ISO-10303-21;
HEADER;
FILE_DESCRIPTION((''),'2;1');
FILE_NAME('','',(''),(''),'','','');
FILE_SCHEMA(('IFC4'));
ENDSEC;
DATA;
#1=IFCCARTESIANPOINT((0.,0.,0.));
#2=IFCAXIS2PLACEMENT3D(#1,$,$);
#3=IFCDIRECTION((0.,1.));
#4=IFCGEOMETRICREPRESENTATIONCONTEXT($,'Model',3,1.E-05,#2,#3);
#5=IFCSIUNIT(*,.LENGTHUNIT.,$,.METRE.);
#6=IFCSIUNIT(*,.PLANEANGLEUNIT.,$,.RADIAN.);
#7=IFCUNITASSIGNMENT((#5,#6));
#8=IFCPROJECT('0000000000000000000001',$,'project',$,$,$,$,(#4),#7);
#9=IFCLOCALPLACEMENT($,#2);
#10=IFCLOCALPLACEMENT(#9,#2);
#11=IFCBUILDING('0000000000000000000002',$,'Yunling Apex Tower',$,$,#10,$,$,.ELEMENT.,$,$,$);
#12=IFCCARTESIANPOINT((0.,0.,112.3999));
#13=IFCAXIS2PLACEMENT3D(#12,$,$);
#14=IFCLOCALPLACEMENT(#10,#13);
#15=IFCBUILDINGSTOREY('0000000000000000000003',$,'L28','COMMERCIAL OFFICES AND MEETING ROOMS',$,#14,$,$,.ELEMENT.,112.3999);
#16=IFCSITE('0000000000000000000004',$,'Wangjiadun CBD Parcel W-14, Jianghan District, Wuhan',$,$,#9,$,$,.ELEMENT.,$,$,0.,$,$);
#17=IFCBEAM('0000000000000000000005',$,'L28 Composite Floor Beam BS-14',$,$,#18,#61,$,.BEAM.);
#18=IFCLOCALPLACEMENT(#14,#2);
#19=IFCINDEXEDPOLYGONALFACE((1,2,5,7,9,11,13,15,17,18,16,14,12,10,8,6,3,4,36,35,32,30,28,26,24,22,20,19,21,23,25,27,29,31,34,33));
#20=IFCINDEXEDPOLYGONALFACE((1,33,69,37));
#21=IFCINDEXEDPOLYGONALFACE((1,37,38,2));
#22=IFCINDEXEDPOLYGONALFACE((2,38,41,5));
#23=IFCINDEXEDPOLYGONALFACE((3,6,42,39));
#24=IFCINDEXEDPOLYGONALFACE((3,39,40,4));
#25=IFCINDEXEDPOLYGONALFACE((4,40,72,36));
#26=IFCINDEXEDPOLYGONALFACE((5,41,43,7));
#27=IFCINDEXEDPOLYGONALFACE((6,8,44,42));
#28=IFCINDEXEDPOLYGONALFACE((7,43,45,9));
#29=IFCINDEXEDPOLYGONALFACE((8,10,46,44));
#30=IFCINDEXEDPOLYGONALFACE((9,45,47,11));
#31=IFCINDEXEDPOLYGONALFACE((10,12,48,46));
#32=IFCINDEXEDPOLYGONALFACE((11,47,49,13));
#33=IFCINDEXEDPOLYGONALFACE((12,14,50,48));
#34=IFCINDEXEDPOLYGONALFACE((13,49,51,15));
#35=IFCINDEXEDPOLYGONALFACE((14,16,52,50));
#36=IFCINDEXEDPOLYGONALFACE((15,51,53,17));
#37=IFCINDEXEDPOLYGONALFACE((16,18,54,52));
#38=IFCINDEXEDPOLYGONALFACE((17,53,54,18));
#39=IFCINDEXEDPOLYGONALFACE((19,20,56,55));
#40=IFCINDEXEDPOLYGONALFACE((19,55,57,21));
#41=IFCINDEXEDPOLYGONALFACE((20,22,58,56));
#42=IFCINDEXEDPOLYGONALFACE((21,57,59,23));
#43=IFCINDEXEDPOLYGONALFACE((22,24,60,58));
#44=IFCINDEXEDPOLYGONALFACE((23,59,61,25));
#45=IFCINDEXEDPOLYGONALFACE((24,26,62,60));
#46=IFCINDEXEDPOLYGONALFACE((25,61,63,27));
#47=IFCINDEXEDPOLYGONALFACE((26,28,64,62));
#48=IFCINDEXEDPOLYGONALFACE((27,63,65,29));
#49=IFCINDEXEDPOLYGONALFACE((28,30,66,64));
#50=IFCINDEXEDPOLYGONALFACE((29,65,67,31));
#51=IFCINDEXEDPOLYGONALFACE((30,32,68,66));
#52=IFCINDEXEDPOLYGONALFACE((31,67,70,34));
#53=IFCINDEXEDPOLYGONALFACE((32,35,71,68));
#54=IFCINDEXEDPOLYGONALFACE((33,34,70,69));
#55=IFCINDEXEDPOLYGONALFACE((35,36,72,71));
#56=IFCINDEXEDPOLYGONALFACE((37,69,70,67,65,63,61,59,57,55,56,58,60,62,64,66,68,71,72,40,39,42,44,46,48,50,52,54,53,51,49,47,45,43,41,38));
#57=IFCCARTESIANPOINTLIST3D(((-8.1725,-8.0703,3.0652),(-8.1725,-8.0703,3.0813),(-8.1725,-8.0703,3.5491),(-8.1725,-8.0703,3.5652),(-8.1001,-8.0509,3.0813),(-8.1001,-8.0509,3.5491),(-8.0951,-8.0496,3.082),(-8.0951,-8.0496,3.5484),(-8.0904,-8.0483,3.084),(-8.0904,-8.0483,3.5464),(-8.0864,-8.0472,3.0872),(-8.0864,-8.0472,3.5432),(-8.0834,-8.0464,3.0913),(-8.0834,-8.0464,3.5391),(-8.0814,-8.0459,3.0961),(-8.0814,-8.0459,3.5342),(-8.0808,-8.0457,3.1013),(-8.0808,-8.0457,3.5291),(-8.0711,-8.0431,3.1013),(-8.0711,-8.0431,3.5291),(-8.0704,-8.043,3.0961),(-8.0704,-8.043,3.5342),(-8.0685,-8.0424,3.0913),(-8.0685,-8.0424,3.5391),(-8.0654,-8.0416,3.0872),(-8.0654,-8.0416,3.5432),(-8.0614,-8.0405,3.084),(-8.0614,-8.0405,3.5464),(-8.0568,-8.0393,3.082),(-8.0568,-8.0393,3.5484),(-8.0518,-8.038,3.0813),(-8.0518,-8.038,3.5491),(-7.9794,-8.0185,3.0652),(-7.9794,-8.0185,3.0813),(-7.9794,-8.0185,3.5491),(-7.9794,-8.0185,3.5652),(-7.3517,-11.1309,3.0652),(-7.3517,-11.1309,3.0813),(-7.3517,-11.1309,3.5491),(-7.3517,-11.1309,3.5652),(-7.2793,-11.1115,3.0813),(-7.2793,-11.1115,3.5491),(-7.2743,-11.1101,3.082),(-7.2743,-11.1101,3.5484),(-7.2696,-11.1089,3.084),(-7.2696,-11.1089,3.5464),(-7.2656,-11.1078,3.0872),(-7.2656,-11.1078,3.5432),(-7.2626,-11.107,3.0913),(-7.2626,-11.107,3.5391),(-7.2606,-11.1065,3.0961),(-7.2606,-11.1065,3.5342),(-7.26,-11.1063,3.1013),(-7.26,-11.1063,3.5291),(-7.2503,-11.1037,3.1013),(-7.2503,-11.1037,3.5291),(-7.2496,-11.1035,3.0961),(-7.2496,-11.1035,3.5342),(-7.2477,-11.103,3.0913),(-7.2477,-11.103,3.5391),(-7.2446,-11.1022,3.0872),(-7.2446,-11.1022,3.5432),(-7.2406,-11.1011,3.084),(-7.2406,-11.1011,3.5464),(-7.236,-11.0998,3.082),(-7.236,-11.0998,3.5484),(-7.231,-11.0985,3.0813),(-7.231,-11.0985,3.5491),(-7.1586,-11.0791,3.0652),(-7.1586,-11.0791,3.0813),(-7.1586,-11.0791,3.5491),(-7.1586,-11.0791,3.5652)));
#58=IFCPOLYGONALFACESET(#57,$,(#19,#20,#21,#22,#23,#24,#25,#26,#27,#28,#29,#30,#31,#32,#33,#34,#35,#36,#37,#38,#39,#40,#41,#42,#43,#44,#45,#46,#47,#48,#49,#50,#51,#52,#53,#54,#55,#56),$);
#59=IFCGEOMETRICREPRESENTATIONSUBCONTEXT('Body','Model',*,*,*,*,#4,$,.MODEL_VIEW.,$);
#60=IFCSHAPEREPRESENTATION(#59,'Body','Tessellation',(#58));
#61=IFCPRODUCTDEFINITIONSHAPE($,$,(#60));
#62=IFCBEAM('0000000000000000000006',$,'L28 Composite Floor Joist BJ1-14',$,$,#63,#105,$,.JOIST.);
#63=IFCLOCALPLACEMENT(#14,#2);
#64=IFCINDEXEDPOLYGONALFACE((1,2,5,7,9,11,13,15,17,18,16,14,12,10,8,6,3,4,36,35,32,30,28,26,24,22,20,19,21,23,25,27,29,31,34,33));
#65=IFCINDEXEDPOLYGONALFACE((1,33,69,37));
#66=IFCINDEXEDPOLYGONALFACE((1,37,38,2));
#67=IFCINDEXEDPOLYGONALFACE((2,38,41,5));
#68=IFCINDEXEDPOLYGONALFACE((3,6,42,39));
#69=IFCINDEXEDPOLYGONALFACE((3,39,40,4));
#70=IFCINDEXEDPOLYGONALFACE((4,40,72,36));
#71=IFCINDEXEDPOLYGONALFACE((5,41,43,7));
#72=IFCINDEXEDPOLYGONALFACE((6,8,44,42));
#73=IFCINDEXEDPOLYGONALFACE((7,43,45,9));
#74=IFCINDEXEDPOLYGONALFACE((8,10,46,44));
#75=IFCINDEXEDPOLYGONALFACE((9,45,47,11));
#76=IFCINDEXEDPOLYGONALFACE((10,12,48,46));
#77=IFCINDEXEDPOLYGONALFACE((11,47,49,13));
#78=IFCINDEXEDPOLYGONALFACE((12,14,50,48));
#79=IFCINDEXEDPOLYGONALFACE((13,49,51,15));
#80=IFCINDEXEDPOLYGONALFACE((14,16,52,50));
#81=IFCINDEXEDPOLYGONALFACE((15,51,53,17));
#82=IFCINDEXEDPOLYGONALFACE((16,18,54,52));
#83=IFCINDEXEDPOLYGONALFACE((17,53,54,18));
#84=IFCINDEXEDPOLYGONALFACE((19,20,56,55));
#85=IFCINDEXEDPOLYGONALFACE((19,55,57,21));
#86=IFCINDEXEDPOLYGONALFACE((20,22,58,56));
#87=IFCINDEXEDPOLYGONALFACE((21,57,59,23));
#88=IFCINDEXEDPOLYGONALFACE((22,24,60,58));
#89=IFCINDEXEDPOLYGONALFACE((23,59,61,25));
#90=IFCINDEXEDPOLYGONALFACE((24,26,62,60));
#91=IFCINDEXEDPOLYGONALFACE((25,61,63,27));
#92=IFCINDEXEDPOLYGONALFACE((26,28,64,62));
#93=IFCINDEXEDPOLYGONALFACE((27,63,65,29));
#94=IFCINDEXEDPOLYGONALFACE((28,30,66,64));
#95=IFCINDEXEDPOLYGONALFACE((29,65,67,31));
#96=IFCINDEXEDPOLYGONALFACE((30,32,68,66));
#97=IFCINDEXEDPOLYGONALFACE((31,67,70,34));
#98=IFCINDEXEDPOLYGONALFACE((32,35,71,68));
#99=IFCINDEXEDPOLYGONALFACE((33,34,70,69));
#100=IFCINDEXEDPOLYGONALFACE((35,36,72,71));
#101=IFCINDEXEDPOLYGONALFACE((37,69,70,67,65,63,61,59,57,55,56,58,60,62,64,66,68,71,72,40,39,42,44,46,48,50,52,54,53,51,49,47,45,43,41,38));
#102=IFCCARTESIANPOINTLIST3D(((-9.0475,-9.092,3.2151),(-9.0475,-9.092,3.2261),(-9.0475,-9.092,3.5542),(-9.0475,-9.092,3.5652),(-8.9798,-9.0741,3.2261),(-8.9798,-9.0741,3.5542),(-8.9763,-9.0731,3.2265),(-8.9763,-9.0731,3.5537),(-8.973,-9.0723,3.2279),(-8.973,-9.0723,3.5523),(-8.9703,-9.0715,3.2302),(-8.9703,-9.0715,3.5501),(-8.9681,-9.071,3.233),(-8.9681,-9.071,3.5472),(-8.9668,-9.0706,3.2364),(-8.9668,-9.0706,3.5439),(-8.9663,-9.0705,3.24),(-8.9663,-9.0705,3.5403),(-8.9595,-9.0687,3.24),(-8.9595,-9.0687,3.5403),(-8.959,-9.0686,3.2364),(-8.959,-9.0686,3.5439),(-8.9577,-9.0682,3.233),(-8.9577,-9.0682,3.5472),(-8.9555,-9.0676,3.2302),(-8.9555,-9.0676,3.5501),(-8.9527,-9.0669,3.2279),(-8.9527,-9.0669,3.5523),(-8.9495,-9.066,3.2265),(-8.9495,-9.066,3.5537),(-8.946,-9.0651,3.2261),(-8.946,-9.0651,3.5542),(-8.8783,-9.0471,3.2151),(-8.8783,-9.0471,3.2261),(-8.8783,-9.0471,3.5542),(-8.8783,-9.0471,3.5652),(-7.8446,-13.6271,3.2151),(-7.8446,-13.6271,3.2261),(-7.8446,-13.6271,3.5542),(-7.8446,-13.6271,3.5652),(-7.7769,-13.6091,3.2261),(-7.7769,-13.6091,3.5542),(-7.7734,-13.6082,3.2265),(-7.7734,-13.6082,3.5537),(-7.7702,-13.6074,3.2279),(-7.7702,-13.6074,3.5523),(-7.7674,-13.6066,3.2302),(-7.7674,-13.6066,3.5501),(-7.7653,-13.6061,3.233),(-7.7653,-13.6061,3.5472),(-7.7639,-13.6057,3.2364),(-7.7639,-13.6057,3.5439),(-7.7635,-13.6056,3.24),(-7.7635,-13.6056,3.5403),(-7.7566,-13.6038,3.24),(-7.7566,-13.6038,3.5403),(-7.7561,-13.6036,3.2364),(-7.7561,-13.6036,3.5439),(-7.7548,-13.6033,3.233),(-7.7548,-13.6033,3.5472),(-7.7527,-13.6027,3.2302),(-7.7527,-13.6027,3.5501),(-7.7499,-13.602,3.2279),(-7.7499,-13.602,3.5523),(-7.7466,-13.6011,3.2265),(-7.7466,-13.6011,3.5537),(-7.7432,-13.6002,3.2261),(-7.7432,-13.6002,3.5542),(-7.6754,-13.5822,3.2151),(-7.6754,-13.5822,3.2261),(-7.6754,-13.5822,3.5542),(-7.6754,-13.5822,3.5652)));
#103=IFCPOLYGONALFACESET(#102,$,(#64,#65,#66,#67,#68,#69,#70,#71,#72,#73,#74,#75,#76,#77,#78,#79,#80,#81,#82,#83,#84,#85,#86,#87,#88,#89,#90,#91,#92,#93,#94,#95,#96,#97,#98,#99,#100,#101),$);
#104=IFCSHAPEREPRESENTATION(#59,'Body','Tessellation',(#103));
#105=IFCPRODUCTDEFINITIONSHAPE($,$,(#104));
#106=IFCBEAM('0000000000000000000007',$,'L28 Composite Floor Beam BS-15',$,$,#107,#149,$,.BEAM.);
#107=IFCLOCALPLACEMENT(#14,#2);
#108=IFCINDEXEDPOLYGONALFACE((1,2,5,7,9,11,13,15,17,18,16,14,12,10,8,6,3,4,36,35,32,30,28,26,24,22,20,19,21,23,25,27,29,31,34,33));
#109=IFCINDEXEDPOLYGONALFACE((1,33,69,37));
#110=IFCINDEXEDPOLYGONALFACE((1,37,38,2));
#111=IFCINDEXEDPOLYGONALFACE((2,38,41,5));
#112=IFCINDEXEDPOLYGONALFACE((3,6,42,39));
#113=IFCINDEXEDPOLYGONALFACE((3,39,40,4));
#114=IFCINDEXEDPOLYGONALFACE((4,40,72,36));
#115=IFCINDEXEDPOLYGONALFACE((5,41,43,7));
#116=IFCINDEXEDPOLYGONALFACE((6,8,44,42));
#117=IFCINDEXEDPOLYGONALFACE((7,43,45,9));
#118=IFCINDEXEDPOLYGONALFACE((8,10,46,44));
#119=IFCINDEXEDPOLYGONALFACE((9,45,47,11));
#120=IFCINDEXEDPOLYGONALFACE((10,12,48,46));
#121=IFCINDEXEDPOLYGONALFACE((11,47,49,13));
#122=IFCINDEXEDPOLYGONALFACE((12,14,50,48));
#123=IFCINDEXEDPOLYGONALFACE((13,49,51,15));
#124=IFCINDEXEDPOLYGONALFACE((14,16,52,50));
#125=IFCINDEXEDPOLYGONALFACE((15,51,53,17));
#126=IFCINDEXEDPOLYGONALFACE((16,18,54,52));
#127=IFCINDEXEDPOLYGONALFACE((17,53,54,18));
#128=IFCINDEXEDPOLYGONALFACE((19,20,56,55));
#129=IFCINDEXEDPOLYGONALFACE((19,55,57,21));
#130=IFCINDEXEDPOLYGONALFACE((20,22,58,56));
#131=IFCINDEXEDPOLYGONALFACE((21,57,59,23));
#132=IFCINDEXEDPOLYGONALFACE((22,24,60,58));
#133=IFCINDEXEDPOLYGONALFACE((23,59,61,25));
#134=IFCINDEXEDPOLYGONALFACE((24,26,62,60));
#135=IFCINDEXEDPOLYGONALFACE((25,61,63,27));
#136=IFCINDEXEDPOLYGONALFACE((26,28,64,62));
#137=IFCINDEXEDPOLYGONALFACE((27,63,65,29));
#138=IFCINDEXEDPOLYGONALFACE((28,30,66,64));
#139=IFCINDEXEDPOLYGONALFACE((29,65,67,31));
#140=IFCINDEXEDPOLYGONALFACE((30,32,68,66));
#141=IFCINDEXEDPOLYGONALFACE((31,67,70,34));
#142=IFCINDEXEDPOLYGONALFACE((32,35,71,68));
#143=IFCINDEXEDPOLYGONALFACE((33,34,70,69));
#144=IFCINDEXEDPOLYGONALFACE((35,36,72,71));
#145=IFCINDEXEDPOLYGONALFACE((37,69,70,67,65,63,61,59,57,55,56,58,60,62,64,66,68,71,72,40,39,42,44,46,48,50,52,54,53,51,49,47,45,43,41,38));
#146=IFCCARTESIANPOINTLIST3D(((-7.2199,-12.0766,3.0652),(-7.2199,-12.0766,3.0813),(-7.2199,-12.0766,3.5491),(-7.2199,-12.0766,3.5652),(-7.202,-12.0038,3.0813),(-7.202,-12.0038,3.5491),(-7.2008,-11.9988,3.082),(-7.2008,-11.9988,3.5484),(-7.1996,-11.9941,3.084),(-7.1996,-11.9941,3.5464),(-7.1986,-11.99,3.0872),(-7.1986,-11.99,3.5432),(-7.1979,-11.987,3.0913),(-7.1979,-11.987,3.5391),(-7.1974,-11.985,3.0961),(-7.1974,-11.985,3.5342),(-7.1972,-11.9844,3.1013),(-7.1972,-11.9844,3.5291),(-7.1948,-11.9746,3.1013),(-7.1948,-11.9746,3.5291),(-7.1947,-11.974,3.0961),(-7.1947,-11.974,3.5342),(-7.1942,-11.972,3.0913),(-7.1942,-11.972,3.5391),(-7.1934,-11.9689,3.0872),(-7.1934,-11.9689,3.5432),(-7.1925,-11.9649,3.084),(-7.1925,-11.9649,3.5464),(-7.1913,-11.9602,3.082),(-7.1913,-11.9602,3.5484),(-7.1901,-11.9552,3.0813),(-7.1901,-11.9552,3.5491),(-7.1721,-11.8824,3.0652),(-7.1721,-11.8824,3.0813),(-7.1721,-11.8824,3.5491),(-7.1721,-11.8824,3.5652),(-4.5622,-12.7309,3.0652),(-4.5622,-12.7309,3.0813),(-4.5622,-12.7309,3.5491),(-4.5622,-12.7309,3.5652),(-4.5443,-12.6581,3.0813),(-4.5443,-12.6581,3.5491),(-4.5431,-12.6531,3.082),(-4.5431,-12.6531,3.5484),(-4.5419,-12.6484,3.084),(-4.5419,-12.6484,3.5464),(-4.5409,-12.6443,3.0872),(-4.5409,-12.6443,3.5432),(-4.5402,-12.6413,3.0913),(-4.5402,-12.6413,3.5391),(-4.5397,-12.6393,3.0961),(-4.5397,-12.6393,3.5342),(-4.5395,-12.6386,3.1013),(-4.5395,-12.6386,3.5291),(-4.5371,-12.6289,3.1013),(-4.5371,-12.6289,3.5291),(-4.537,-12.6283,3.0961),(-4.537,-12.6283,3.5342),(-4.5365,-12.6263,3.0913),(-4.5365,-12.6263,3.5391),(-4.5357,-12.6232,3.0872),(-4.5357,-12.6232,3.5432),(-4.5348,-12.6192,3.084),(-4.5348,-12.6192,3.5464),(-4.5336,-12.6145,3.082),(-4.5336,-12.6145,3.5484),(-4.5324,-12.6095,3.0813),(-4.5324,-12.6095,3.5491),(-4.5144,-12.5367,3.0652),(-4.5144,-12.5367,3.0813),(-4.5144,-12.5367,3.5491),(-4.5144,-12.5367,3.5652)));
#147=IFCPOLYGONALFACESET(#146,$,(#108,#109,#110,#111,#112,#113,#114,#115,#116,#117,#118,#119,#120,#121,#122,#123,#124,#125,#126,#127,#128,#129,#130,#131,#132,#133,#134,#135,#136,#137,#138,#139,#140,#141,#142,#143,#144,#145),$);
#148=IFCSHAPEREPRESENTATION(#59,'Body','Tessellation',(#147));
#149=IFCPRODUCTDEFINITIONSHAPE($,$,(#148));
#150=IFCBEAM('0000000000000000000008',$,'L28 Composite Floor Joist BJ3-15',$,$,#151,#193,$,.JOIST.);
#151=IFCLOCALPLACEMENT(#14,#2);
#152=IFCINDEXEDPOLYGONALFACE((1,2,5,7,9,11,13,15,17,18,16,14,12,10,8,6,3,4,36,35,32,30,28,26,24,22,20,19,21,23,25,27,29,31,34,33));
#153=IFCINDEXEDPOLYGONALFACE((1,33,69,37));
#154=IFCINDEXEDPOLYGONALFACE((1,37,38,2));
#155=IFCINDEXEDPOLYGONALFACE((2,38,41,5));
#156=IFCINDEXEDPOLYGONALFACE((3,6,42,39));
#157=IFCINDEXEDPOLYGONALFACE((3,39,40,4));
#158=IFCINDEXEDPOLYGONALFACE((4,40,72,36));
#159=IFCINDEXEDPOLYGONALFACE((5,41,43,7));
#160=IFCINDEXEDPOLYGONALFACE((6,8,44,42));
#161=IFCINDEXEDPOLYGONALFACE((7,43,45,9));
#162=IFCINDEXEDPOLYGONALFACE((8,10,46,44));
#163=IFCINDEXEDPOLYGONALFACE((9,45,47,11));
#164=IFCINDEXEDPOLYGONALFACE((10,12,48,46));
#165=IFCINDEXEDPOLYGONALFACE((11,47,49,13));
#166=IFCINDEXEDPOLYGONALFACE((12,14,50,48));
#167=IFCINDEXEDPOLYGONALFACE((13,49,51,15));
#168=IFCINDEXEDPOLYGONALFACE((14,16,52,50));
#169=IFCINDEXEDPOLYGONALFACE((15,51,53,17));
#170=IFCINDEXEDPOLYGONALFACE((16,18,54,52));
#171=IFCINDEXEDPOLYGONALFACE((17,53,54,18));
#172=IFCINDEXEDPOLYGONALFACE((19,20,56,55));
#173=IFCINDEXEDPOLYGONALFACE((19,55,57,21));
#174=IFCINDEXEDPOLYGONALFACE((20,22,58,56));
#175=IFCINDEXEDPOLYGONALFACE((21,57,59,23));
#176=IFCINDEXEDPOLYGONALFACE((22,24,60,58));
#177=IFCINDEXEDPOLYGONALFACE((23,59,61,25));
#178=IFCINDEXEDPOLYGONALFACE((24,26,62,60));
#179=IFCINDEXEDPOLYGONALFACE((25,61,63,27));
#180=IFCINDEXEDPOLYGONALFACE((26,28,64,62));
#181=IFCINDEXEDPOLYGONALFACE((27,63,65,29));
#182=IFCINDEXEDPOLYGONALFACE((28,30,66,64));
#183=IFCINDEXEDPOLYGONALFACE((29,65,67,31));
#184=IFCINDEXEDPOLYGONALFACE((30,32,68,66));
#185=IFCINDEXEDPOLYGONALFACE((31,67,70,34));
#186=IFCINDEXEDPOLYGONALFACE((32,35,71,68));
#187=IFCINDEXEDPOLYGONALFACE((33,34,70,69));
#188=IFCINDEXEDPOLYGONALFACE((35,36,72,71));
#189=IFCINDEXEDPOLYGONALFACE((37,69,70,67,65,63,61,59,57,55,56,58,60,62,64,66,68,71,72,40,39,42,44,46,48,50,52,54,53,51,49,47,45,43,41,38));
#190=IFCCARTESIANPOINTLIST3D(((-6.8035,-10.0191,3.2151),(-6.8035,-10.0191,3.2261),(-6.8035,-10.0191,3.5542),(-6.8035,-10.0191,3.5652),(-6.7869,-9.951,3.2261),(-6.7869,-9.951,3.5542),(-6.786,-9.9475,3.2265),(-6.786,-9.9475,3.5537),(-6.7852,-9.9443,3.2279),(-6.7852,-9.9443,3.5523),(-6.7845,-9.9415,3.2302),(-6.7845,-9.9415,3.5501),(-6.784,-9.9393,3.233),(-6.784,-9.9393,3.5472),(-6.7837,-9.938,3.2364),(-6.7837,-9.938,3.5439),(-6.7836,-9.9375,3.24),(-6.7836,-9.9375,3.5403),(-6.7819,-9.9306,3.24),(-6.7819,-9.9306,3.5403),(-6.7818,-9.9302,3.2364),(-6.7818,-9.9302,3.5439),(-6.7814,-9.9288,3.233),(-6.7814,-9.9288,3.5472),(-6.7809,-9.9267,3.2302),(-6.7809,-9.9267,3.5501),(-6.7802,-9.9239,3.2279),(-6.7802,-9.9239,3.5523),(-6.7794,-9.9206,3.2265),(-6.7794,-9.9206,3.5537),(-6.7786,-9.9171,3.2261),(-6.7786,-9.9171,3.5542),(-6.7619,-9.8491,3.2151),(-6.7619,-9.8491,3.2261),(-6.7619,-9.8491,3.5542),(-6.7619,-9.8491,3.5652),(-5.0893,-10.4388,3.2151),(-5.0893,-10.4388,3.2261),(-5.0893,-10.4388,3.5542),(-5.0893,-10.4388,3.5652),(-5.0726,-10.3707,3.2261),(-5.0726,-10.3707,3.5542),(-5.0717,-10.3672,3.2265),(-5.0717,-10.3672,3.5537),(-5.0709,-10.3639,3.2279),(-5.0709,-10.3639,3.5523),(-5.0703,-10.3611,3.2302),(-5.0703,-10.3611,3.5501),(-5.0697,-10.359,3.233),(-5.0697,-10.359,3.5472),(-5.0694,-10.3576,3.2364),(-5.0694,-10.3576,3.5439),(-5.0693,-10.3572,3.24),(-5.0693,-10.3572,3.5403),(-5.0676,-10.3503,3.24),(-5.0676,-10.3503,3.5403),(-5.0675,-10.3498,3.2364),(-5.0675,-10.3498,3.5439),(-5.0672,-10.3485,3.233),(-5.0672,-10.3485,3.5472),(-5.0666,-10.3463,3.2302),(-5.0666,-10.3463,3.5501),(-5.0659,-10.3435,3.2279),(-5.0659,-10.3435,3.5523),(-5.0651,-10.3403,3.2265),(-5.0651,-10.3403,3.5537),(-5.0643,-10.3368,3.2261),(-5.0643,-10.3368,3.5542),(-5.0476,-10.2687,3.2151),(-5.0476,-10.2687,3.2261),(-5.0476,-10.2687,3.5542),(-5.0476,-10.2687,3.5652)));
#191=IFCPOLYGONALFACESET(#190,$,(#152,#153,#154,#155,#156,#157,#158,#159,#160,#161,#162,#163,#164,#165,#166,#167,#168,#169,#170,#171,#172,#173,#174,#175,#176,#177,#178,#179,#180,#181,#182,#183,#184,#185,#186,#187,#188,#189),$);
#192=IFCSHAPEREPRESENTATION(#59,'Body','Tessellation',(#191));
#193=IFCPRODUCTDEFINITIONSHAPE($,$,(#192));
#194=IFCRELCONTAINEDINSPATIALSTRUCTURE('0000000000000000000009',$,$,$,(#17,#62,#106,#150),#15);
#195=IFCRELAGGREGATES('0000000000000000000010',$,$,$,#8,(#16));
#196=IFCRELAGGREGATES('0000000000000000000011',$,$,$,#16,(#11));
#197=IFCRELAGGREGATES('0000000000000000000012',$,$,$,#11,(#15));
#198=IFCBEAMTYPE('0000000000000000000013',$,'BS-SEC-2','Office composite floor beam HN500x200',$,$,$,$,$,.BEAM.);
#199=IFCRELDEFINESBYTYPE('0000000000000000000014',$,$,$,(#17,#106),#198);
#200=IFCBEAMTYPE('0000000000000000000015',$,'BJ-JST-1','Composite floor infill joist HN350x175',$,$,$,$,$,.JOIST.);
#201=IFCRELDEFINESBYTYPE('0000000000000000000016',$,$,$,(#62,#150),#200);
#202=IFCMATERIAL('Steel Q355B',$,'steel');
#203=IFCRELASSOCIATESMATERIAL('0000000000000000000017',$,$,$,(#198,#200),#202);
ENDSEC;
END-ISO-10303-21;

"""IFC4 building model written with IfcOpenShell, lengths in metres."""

from ifc_helpers import new_model, si_unit, direction, frame, origin, origin_2d, place, context, subcontext, project, spatial, i_section, extrude, source, transform, mapped, material, material_profile, profile_set, type_object, element, save


model = new_model("IFC4")

# Units and contexts
model_context = context("Model", 3, precision=1e-05, world=origin(), true_north=direction((0.0, 1.0)))
body_context = subcontext(model_context, "Body", "Model", "MODEL_VIEW")
ifc_project = project(units=[si_unit("LENGTHUNIT", "METRE"), si_unit("PLANEANGLEUNIT", "RADIAN")], contexts=[model_context])

# Site, building, storey
site_placement = place(None, origin())
site = spatial("IfcSite", under=ifc_project, at=site_placement, Name="Wangjiadun CBD Parcel W-14, Jianghan District, Wuhan", CompositionType="ELEMENT", RefElevation=0.0)
building_placement = place(site_placement, origin())
building = spatial("IfcBuilding", under=site, at=building_placement, Name="Yunling Apex Tower", CompositionType="ELEMENT")
storey_placement = place(building_placement, frame((0.0, 0.0, 112.3999)))
storey = spatial("IfcBuildingStorey", under=building, at=storey_placement, Name="L28", Description="COMMERCIAL OFFICES AND MEETING ROOMS", CompositionType="ELEMENT", Elevation=112.3999)

# Beams
ifc_material_1 = material(Name="Steel Q355B", Category="steel")
ifc_material_profile_1 = material_profile(ifc_material_1, i_section(OverallWidth=0.2, OverallDepth=0.5, WebThickness=0.01, FlangeThickness=0.0161, FilletRadius=0.02, at=origin_2d()))
ifc_profile_set_1 = profile_set([ifc_material_profile_1], Name="Steel Q355B")
beam_type_1 = type_object("IfcBeamType", Name="BS-SEC-2", Description="Office composite floor beam HN500x200", PredefinedType="BEAM", material=ifc_profile_set_1)
ifc_material_profile_2 = material_profile(ifc_material_1, i_section(OverallWidth=0.175, OverallDepth=0.3501, WebThickness=0.0071, FlangeThickness=0.011, FilletRadius=0.0139, at=origin_2d()))
ifc_profile_set_2 = profile_set([ifc_material_profile_2], Name="Steel Q355B")
beam_type_2 = type_object("IfcBeamType", Name="BJ-JST-1", Description="Composite floor infill joist HN350x175", PredefinedType="JOIST", material=ifc_profile_set_2)
shared_shape_1 = source(origin(), body_context, "Body", "SweptSolid", [
    extrude(i_section(OverallWidth=0.2, OverallDepth=0.5, WebThickness=0.01, FlangeThickness=0.0161, FilletRadius=0.02, at=origin_2d()), origin(), (0.0, 0.0, 1.0), 3.1687),
])
beam_1_placement = place(storey_placement, frame((-8.0759, -8.0444, 3.3152), z_axis=(0.259034, -0.965868, 0.0), x_axis=(0.965868, 0.259034, 0.0)))
element("IfcBeam", 1, at=beam_1_placement, inside=storey, type_object=beam_type_1, Name="L28 Composite Floor Beam BS-14", PredefinedType="BEAM", context=body_context, shape_type="MappedRepresentation", body=[
    mapped(shared_shape_1, transform((0.0, 0.0, 0.0), scale=1.0)),
])
shared_shape_2 = source(origin(), body_context, "Body", "SweptSolid", [
    extrude(i_section(OverallWidth=0.175, OverallDepth=0.3501, WebThickness=0.0071, FlangeThickness=0.011, FilletRadius=0.0139, at=origin_2d()), origin(), (0.0, 0.0, 1.0), 4.6919),
])
beam_2_placement = place(storey_placement, frame((-8.9629, -9.0696, 3.3901), z_axis=(0.25637, -0.966579, 0.0), x_axis=(0.966579, 0.25637, 0.0)))
element("IfcBeam", 2, at=beam_2_placement, inside=storey, type_object=beam_type_2, Name="L28 Composite Floor Joist BJ1-14", PredefinedType="JOIST", context=body_context, shape_type="MappedRepresentation", body=[
    mapped(shared_shape_2, transform((0.0, 0.0, 0.0), scale=1.0)),
])
shared_shape_3 = source(origin(), body_context, "Body", "SweptSolid", [
    extrude(i_section(OverallWidth=0.2, OverallDepth=0.5, WebThickness=0.01, FlangeThickness=0.0161, FilletRadius=0.02, at=origin_2d()), origin(), (0.0, 0.0, 1.0), 2.7371),
])
beam_3_placement = place(storey_placement, frame((-7.196, -11.9795, 3.3152), z_axis=(0.971007, -0.23905, 0.0), x_axis=(0.23905, 0.971007, 0.0)))
element("IfcBeam", 3, at=beam_3_placement, inside=storey, type_object=beam_type_1, Name="L28 Composite Floor Beam BS-15", PredefinedType="BEAM", context=body_context, shape_type="MappedRepresentation", body=[
    mapped(shared_shape_3, transform((0.0, 0.0, 0.0), scale=1.0)),
])
shared_shape_4 = source(origin(), body_context, "Body", "SweptSolid", [
    extrude(i_section(OverallWidth=0.175, OverallDepth=0.3501, WebThickness=0.0071, FlangeThickness=0.011, FilletRadius=0.0139, at=origin_2d()), origin(), (0.0, 0.0, 1.0), 1.7649),
])
beam_4_placement = place(storey_placement, frame((-6.7827, -9.9341, 3.3901), z_axis=(0.971319, -0.237781, 0.0), x_axis=(0.237781, 0.971319, 0.0)))
element("IfcBeam", 4, at=beam_4_placement, inside=storey, type_object=beam_type_2, Name="L28 Composite Floor Joist BJ3-15", PredefinedType="JOIST", context=body_context, shape_type="MappedRepresentation", body=[
    mapped(shared_shape_4, transform((0.0, 0.0, 0.0), scale=1.0)),
])

save(model, "model.ifc")
